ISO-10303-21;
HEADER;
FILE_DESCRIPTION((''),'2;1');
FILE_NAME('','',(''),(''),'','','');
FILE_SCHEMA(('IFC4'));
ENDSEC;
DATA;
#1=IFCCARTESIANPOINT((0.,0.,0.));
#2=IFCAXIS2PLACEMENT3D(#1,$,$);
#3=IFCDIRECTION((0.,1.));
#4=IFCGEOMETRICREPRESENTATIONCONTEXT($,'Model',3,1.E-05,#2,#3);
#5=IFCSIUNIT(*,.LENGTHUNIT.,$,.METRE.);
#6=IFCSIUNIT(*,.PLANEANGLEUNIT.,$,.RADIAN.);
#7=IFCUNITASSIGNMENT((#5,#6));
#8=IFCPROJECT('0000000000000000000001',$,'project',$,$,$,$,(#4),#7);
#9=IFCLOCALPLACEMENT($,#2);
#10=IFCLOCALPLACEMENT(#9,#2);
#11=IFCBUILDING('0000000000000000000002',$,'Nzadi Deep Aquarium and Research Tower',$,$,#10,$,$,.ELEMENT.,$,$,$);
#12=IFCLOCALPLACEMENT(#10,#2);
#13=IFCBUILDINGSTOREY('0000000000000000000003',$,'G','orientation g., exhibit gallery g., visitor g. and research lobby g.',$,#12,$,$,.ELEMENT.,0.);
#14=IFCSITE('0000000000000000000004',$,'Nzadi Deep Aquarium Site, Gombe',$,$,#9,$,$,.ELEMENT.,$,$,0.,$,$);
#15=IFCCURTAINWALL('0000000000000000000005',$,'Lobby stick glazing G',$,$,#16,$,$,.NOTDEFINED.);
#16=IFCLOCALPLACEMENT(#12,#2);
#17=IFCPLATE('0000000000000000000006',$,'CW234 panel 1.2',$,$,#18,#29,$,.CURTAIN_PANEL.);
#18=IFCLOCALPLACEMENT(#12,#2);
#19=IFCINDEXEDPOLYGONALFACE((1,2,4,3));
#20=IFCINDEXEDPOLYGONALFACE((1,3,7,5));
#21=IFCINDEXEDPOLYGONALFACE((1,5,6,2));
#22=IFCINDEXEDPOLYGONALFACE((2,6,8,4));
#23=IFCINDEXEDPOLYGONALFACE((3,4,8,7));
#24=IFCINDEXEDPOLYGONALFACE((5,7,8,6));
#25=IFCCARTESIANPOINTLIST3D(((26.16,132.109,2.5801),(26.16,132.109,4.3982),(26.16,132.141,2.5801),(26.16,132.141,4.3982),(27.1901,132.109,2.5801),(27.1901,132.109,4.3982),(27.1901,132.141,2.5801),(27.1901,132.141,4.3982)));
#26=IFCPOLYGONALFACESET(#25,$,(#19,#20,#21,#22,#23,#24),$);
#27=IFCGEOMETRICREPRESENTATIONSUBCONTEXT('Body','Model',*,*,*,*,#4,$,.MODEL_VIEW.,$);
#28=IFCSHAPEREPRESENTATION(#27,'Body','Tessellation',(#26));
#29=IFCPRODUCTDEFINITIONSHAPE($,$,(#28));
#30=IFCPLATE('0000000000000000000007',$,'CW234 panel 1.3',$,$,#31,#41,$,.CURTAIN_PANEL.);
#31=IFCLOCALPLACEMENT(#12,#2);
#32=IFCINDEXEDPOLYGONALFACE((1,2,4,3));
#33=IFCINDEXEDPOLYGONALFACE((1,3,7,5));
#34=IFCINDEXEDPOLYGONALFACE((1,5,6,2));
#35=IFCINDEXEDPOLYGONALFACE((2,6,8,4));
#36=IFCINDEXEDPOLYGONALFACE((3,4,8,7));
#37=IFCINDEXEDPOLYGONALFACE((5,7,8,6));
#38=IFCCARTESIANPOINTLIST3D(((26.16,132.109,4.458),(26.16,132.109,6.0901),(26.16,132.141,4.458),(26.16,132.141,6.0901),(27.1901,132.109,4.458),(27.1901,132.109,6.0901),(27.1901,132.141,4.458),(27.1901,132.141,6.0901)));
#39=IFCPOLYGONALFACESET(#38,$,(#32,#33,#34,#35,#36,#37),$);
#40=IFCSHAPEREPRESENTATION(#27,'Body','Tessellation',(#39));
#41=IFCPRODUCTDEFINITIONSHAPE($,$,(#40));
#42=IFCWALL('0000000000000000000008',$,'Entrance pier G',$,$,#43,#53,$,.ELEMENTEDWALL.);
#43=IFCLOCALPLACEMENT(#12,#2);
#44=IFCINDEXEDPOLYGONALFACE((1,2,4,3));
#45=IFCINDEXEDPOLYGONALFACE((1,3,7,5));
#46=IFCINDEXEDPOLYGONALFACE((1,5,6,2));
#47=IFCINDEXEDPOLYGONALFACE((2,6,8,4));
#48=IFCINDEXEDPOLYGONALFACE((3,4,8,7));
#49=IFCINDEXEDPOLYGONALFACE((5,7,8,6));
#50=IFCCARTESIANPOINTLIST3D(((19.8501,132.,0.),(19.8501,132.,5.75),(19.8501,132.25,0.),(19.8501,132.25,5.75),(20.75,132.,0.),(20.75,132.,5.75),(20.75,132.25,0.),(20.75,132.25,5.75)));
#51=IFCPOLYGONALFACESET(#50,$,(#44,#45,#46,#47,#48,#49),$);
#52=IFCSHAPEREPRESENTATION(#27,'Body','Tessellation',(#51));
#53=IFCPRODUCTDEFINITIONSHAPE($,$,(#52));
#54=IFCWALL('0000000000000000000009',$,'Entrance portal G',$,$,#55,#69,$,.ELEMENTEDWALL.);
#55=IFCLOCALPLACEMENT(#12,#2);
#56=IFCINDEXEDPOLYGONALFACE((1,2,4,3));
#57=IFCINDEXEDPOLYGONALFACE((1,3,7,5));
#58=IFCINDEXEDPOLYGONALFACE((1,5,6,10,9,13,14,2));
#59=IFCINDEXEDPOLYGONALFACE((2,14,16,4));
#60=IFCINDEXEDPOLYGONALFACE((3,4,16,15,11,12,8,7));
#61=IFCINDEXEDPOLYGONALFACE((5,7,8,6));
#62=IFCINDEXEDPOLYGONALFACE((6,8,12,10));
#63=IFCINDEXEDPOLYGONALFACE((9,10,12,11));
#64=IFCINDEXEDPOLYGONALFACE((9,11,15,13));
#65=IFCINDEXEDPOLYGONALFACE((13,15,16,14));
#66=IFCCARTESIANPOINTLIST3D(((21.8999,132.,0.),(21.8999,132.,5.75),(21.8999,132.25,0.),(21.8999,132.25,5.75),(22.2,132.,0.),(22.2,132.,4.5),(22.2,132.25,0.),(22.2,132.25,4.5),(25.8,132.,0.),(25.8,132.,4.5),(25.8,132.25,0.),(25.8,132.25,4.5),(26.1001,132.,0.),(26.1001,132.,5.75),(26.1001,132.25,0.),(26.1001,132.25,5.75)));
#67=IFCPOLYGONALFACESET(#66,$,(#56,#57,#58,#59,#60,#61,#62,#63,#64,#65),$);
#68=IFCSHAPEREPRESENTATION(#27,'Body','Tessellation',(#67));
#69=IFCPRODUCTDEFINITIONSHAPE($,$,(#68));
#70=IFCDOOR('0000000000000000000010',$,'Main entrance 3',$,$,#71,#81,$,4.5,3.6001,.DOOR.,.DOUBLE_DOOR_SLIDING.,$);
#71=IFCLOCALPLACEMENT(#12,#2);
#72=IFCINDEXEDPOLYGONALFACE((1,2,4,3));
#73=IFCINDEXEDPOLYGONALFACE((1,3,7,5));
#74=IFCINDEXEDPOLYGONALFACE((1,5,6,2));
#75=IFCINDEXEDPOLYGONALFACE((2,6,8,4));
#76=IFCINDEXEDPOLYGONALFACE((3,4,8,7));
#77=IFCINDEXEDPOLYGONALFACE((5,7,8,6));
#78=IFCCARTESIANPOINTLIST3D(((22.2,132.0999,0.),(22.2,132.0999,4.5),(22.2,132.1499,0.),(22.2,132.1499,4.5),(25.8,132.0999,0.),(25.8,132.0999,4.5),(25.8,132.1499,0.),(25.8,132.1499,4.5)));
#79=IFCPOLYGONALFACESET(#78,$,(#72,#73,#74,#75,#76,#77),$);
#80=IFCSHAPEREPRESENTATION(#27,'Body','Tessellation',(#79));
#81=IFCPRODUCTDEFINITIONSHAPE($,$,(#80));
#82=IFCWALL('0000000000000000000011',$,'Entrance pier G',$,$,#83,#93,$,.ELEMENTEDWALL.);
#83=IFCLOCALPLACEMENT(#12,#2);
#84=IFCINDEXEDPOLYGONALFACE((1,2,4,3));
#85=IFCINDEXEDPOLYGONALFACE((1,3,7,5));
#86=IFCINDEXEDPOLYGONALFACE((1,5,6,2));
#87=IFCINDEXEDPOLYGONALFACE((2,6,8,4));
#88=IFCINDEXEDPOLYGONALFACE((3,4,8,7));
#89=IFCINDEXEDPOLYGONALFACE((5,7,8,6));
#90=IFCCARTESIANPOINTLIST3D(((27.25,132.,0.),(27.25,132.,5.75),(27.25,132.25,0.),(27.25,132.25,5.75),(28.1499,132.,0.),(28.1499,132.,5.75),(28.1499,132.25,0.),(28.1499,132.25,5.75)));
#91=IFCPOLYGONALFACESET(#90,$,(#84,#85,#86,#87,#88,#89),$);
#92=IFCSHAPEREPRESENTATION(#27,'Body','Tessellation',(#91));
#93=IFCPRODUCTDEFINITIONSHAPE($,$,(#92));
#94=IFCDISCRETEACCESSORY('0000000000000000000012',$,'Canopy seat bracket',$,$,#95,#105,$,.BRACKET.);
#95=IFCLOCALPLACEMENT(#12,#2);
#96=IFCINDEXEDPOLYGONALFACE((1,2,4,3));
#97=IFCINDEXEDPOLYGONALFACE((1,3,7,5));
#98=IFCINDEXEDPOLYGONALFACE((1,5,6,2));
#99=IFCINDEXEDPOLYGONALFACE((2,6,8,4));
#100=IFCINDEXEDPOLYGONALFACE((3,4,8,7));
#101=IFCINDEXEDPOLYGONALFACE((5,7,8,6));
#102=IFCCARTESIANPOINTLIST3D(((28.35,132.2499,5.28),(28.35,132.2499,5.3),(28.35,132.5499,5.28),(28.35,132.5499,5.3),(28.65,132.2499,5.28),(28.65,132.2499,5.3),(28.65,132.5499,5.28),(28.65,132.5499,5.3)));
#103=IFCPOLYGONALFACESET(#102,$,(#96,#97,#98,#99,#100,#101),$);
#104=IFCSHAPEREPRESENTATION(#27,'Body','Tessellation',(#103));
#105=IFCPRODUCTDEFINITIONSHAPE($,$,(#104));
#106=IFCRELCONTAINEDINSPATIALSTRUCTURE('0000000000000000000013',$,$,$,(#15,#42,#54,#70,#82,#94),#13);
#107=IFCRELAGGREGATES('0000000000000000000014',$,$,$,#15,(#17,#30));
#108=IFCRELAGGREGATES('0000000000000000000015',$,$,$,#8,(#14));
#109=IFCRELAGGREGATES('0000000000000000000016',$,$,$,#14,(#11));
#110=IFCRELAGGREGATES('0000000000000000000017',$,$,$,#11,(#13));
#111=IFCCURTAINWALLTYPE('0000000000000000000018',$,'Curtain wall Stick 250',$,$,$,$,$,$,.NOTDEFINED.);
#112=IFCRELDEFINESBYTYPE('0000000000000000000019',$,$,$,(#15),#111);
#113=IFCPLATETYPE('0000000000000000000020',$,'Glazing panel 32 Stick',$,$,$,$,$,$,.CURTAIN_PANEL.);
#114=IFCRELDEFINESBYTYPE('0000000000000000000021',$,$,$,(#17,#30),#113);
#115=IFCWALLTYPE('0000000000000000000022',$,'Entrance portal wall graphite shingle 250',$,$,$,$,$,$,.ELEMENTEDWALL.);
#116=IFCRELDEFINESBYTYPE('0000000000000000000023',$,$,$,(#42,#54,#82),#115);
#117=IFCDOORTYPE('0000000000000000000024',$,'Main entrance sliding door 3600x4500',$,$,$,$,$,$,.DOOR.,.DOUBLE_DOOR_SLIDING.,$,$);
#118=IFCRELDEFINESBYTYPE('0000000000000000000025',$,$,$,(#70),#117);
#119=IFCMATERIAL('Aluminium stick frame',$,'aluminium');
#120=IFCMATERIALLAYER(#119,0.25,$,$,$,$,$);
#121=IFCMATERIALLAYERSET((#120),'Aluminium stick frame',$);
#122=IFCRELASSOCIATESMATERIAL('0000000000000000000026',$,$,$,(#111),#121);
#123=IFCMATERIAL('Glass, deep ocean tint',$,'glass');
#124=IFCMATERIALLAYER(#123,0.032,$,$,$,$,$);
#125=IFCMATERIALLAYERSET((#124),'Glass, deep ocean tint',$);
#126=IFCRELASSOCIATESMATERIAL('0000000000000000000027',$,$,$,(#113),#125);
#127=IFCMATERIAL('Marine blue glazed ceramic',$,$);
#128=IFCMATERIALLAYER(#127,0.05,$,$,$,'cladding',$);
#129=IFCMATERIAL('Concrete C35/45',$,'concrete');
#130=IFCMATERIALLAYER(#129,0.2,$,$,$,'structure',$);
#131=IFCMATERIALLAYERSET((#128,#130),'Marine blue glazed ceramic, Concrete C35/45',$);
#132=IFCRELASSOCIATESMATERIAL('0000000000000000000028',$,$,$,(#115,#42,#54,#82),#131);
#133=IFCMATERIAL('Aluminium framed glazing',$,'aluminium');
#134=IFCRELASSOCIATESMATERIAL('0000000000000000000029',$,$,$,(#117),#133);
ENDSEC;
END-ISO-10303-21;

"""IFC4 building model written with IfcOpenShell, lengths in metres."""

from ifc_helpers import new_model, si_unit, direction, frame, frame_2d, origin, origin_2d, place, context, subcontext, project, spatial, rectangle, extrude, material, layer, layer_set, layer_usage, type_object, element, fill, aggregate, save


model = new_model("IFC4")

# Units and contexts
model_context = context("Model", 3, precision=1e-05, world=origin(), true_north=direction((0.0, 1.0)))
body_context = subcontext(model_context, "Body", "Model", "MODEL_VIEW")
ifc_project = project(units=[si_unit("LENGTHUNIT", "METRE"), si_unit("PLANEANGLEUNIT", "RADIAN")], contexts=[model_context])

# Site, building, storey
site_placement = place(None, origin())
site = spatial("IfcSite", under=ifc_project, at=site_placement, Name="Nzadi Deep Aquarium Site, Gombe", CompositionType="ELEMENT", RefElevation=0.0)
building_placement = place(site_placement, origin())
building = spatial("IfcBuilding", under=site, at=building_placement, Name="Nzadi Deep Aquarium and Research Tower", CompositionType="ELEMENT")
storey_placement = place(building_placement, origin())
storey = spatial("IfcBuildingStorey", under=building, at=storey_placement, Name="G", Description="orientation g., exhibit gallery g., visitor g. and research lobby g.", CompositionType="ELEMENT", Elevation=0.0)

# Curtain wall
ifc_material_1 = material(Name="Aluminium stick frame", Category="aluminium")
ifc_layer_1 = layer(ifc_material_1, 0.25)
ifc_layer_set_1 = layer_set([ifc_layer_1], Name="Aluminium stick frame")
curtain_wall_type = type_object("IfcCurtainWallType", Name="Curtain wall Stick 250", PredefinedType="NOTDEFINED", material=ifc_layer_set_1)
curtain_wall_1_placement = place(storey_placement, origin())
curtain_wall_1 = element("IfcCurtainWall", 1, at=curtain_wall_1_placement, inside=storey, type_object=curtain_wall_type, Name="Lobby stick glazing G", PredefinedType="NOTDEFINED")

# Plates
ifc_material_2 = material(Name="Glass, deep ocean tint", Category="glass")
ifc_layer_2 = layer(ifc_material_2, 0.032)
ifc_layer_set_2 = layer_set([ifc_layer_2], Name="Glass, deep ocean tint")
plate_type_1 = type_object("IfcPlateType", Name="Glazing panel 32 Stick", PredefinedType="CURTAIN_PANEL", material=ifc_layer_set_2)
plate_1_placement = place(storey_placement, frame((26.675, 132.125, 2.5801), z_axis=(0.0, 0.0, 1.0), x_axis=(1.0, 0.0, 0.0)))
plate_1 = element("IfcPlate", 2, at=plate_1_placement, type_object=plate_type_1, Name="CW234 panel 1.2", PredefinedType="CURTAIN_PANEL", context=body_context, shape_type="SweptSolid", body=[
    extrude(rectangle(XDim=1.03, YDim=0.032, at=origin_2d()), origin(), (0.0, 0.0, 1.0), 1.8181),
])
plate_2_placement = place(storey_placement, frame((26.675, 132.125, 4.458), z_axis=(0.0, 0.0, 1.0), x_axis=(1.0, 0.0, 0.0)))
plate_2 = element("IfcPlate", 3, at=plate_2_placement, type_object=plate_type_1, Name="CW234 panel 1.3", PredefinedType="CURTAIN_PANEL", context=body_context, shape_type="SweptSolid", body=[
    extrude(rectangle(XDim=1.03, YDim=0.032, at=origin_2d()), origin(), (0.0, 0.0, 1.0), 1.6321),
])
aggregate(curtain_wall_1, [plate_1, plate_2])

# Wall
ifc_material_3 = material(Name="Marine blue glazed ceramic")
ifc_layer_3 = layer(ifc_material_3, 0.05, Category="cladding")
ifc_material_4 = material(Name="Concrete C35/45", Category="concrete")
ifc_layer_4 = layer(ifc_material_4, 0.2, Category="structure")
ifc_layer_set_3 = layer_set([ifc_layer_3, ifc_layer_4], Name="Marine blue glazed ceramic, Concrete C35/45")
ifc_layer_usage_1 = layer_usage(ifc_layer_set_3, "AXIS2", "POSITIVE", -0.125)
wall_type = type_object("IfcWallType", Name="Entrance portal wall graphite shingle 250", PredefinedType="ELEMENTEDWALL", material=ifc_layer_set_3)
wall_1_placement = place(storey_placement, frame((20.75, 132.125, 0.0), z_axis=(0.0, 0.0, 1.0), x_axis=(-1.0, 0.0, 0.0)))
element("IfcWall", 4, at=wall_1_placement, inside=storey, type_object=wall_type, material=ifc_layer_usage_1, Name="Entrance pier G", PredefinedType="ELEMENTEDWALL", context=body_context, shape_type="SweptSolid", body=[
    extrude(rectangle(XDim=0.8999, YDim=0.25, at=frame_2d((0.45, 0.0))), origin(), (0.0, 0.0, 1.0), 5.75),
])

# Wall, opening, door
ifc_layer_usage_2 = layer_usage(ifc_layer_set_3, "AXIS2", "POSITIVE", -0.125)
wall_2_placement = place(storey_placement, frame((26.1001, 132.125, 0.0), z_axis=(0.0, 0.0, 1.0), x_axis=(-1.0, 0.0, 0.0)))
wall_2 = element("IfcWall", 5, at=wall_2_placement, inside=storey, type_object=wall_type, material=ifc_layer_usage_2, Name="Entrance portal G", PredefinedType="ELEMENTEDWALL", context=body_context, shape_type="SweptSolid", body=[
    extrude(rectangle(XDim=4.2002, YDim=0.25, at=frame_2d((2.1001, 0.0))), origin(), (0.0, 0.0, 1.0), 5.75),
])
opening_placement = place(wall_2_placement, frame((0.3, 0.0, 0.0)))
opening = element("IfcOpeningElement", 6, at=opening_placement, cuts=wall_2, PredefinedType="OPENING", context=body_context, shape_type="SweptSolid", body=[
    extrude(rectangle(XDim=3.6001, YDim=4.5, at=frame_2d((1.8, 2.25))), frame((0.0, 0.135, 0.0), z_axis=(0.0, -1.0, 0.0), x_axis=(1.0, 0.0, 0.0)), (0.0, 0.0, 1.0), 0.27),
])
ifc_material_5 = material(Name="Aluminium framed glazing", Category="aluminium")
door_type = type_object("IfcDoorType", Name="Main entrance sliding door 3600x4500", OperationType="DOUBLE_DOOR_SLIDING", PredefinedType="DOOR", material=ifc_material_5)
door_placement = place(opening_placement, frame((3.6001, 0.0, 0.0), z_axis=(0.0, 0.0, 1.0), x_axis=(-1.0, 0.0, 0.0)))
door = element("IfcDoor", 7, at=door_placement, inside=storey, type_object=door_type, Name="Main entrance 3", OperationType="DOUBLE_DOOR_SLIDING", OverallHeight=4.5, OverallWidth=3.6001, PredefinedType="DOOR", context=body_context, shape_type="SweptSolid", body=[
    extrude(rectangle(XDim=3.6001, YDim=4.5, at=frame_2d((1.8, 2.25))), frame((0.0, 0.0249, 0.0), z_axis=(0.0, -1.0, 0.0), x_axis=(1.0, 0.0, 0.0)), (0.0, 0.0, 1.0), 0.05),
])
fill(opening, door)

# Wall
ifc_layer_usage_3 = layer_usage(ifc_layer_set_3, "AXIS2", "POSITIVE", -0.125)
wall_3_placement = place(storey_placement, frame((28.1499, 132.125, 0.0), z_axis=(0.0, 0.0, 1.0), x_axis=(-1.0, 0.0, 0.0)))
element("IfcWall", 8, at=wall_3_placement, inside=storey, type_object=wall_type, material=ifc_layer_usage_3, Name="Entrance pier G", PredefinedType="ELEMENTEDWALL", context=body_context, shape_type="SweptSolid", body=[
    extrude(rectangle(XDim=0.8999, YDim=0.25, at=frame_2d((0.45, 0.0))), origin(), (0.0, 0.0, 1.0), 5.75),
])

# Discrete accessory
discrete_accessory_placement = place(storey_placement, frame((28.5, 132.3999, 5.28), z_axis=(0.0, 0.0, 1.0), x_axis=(1.0, 0.0, 0.0)))
element("IfcDiscreteAccessory", 9, at=discrete_accessory_placement, inside=storey, Name="Canopy seat bracket", PredefinedType="BRACKET", context=body_context, shape_type="SweptSolid", body=[
    extrude(rectangle(XDim=0.3, YDim=0.3, at=origin_2d()), origin(), (0.0, 0.0, 1.0), 0.02),
])

save(model, "model.ifc")
